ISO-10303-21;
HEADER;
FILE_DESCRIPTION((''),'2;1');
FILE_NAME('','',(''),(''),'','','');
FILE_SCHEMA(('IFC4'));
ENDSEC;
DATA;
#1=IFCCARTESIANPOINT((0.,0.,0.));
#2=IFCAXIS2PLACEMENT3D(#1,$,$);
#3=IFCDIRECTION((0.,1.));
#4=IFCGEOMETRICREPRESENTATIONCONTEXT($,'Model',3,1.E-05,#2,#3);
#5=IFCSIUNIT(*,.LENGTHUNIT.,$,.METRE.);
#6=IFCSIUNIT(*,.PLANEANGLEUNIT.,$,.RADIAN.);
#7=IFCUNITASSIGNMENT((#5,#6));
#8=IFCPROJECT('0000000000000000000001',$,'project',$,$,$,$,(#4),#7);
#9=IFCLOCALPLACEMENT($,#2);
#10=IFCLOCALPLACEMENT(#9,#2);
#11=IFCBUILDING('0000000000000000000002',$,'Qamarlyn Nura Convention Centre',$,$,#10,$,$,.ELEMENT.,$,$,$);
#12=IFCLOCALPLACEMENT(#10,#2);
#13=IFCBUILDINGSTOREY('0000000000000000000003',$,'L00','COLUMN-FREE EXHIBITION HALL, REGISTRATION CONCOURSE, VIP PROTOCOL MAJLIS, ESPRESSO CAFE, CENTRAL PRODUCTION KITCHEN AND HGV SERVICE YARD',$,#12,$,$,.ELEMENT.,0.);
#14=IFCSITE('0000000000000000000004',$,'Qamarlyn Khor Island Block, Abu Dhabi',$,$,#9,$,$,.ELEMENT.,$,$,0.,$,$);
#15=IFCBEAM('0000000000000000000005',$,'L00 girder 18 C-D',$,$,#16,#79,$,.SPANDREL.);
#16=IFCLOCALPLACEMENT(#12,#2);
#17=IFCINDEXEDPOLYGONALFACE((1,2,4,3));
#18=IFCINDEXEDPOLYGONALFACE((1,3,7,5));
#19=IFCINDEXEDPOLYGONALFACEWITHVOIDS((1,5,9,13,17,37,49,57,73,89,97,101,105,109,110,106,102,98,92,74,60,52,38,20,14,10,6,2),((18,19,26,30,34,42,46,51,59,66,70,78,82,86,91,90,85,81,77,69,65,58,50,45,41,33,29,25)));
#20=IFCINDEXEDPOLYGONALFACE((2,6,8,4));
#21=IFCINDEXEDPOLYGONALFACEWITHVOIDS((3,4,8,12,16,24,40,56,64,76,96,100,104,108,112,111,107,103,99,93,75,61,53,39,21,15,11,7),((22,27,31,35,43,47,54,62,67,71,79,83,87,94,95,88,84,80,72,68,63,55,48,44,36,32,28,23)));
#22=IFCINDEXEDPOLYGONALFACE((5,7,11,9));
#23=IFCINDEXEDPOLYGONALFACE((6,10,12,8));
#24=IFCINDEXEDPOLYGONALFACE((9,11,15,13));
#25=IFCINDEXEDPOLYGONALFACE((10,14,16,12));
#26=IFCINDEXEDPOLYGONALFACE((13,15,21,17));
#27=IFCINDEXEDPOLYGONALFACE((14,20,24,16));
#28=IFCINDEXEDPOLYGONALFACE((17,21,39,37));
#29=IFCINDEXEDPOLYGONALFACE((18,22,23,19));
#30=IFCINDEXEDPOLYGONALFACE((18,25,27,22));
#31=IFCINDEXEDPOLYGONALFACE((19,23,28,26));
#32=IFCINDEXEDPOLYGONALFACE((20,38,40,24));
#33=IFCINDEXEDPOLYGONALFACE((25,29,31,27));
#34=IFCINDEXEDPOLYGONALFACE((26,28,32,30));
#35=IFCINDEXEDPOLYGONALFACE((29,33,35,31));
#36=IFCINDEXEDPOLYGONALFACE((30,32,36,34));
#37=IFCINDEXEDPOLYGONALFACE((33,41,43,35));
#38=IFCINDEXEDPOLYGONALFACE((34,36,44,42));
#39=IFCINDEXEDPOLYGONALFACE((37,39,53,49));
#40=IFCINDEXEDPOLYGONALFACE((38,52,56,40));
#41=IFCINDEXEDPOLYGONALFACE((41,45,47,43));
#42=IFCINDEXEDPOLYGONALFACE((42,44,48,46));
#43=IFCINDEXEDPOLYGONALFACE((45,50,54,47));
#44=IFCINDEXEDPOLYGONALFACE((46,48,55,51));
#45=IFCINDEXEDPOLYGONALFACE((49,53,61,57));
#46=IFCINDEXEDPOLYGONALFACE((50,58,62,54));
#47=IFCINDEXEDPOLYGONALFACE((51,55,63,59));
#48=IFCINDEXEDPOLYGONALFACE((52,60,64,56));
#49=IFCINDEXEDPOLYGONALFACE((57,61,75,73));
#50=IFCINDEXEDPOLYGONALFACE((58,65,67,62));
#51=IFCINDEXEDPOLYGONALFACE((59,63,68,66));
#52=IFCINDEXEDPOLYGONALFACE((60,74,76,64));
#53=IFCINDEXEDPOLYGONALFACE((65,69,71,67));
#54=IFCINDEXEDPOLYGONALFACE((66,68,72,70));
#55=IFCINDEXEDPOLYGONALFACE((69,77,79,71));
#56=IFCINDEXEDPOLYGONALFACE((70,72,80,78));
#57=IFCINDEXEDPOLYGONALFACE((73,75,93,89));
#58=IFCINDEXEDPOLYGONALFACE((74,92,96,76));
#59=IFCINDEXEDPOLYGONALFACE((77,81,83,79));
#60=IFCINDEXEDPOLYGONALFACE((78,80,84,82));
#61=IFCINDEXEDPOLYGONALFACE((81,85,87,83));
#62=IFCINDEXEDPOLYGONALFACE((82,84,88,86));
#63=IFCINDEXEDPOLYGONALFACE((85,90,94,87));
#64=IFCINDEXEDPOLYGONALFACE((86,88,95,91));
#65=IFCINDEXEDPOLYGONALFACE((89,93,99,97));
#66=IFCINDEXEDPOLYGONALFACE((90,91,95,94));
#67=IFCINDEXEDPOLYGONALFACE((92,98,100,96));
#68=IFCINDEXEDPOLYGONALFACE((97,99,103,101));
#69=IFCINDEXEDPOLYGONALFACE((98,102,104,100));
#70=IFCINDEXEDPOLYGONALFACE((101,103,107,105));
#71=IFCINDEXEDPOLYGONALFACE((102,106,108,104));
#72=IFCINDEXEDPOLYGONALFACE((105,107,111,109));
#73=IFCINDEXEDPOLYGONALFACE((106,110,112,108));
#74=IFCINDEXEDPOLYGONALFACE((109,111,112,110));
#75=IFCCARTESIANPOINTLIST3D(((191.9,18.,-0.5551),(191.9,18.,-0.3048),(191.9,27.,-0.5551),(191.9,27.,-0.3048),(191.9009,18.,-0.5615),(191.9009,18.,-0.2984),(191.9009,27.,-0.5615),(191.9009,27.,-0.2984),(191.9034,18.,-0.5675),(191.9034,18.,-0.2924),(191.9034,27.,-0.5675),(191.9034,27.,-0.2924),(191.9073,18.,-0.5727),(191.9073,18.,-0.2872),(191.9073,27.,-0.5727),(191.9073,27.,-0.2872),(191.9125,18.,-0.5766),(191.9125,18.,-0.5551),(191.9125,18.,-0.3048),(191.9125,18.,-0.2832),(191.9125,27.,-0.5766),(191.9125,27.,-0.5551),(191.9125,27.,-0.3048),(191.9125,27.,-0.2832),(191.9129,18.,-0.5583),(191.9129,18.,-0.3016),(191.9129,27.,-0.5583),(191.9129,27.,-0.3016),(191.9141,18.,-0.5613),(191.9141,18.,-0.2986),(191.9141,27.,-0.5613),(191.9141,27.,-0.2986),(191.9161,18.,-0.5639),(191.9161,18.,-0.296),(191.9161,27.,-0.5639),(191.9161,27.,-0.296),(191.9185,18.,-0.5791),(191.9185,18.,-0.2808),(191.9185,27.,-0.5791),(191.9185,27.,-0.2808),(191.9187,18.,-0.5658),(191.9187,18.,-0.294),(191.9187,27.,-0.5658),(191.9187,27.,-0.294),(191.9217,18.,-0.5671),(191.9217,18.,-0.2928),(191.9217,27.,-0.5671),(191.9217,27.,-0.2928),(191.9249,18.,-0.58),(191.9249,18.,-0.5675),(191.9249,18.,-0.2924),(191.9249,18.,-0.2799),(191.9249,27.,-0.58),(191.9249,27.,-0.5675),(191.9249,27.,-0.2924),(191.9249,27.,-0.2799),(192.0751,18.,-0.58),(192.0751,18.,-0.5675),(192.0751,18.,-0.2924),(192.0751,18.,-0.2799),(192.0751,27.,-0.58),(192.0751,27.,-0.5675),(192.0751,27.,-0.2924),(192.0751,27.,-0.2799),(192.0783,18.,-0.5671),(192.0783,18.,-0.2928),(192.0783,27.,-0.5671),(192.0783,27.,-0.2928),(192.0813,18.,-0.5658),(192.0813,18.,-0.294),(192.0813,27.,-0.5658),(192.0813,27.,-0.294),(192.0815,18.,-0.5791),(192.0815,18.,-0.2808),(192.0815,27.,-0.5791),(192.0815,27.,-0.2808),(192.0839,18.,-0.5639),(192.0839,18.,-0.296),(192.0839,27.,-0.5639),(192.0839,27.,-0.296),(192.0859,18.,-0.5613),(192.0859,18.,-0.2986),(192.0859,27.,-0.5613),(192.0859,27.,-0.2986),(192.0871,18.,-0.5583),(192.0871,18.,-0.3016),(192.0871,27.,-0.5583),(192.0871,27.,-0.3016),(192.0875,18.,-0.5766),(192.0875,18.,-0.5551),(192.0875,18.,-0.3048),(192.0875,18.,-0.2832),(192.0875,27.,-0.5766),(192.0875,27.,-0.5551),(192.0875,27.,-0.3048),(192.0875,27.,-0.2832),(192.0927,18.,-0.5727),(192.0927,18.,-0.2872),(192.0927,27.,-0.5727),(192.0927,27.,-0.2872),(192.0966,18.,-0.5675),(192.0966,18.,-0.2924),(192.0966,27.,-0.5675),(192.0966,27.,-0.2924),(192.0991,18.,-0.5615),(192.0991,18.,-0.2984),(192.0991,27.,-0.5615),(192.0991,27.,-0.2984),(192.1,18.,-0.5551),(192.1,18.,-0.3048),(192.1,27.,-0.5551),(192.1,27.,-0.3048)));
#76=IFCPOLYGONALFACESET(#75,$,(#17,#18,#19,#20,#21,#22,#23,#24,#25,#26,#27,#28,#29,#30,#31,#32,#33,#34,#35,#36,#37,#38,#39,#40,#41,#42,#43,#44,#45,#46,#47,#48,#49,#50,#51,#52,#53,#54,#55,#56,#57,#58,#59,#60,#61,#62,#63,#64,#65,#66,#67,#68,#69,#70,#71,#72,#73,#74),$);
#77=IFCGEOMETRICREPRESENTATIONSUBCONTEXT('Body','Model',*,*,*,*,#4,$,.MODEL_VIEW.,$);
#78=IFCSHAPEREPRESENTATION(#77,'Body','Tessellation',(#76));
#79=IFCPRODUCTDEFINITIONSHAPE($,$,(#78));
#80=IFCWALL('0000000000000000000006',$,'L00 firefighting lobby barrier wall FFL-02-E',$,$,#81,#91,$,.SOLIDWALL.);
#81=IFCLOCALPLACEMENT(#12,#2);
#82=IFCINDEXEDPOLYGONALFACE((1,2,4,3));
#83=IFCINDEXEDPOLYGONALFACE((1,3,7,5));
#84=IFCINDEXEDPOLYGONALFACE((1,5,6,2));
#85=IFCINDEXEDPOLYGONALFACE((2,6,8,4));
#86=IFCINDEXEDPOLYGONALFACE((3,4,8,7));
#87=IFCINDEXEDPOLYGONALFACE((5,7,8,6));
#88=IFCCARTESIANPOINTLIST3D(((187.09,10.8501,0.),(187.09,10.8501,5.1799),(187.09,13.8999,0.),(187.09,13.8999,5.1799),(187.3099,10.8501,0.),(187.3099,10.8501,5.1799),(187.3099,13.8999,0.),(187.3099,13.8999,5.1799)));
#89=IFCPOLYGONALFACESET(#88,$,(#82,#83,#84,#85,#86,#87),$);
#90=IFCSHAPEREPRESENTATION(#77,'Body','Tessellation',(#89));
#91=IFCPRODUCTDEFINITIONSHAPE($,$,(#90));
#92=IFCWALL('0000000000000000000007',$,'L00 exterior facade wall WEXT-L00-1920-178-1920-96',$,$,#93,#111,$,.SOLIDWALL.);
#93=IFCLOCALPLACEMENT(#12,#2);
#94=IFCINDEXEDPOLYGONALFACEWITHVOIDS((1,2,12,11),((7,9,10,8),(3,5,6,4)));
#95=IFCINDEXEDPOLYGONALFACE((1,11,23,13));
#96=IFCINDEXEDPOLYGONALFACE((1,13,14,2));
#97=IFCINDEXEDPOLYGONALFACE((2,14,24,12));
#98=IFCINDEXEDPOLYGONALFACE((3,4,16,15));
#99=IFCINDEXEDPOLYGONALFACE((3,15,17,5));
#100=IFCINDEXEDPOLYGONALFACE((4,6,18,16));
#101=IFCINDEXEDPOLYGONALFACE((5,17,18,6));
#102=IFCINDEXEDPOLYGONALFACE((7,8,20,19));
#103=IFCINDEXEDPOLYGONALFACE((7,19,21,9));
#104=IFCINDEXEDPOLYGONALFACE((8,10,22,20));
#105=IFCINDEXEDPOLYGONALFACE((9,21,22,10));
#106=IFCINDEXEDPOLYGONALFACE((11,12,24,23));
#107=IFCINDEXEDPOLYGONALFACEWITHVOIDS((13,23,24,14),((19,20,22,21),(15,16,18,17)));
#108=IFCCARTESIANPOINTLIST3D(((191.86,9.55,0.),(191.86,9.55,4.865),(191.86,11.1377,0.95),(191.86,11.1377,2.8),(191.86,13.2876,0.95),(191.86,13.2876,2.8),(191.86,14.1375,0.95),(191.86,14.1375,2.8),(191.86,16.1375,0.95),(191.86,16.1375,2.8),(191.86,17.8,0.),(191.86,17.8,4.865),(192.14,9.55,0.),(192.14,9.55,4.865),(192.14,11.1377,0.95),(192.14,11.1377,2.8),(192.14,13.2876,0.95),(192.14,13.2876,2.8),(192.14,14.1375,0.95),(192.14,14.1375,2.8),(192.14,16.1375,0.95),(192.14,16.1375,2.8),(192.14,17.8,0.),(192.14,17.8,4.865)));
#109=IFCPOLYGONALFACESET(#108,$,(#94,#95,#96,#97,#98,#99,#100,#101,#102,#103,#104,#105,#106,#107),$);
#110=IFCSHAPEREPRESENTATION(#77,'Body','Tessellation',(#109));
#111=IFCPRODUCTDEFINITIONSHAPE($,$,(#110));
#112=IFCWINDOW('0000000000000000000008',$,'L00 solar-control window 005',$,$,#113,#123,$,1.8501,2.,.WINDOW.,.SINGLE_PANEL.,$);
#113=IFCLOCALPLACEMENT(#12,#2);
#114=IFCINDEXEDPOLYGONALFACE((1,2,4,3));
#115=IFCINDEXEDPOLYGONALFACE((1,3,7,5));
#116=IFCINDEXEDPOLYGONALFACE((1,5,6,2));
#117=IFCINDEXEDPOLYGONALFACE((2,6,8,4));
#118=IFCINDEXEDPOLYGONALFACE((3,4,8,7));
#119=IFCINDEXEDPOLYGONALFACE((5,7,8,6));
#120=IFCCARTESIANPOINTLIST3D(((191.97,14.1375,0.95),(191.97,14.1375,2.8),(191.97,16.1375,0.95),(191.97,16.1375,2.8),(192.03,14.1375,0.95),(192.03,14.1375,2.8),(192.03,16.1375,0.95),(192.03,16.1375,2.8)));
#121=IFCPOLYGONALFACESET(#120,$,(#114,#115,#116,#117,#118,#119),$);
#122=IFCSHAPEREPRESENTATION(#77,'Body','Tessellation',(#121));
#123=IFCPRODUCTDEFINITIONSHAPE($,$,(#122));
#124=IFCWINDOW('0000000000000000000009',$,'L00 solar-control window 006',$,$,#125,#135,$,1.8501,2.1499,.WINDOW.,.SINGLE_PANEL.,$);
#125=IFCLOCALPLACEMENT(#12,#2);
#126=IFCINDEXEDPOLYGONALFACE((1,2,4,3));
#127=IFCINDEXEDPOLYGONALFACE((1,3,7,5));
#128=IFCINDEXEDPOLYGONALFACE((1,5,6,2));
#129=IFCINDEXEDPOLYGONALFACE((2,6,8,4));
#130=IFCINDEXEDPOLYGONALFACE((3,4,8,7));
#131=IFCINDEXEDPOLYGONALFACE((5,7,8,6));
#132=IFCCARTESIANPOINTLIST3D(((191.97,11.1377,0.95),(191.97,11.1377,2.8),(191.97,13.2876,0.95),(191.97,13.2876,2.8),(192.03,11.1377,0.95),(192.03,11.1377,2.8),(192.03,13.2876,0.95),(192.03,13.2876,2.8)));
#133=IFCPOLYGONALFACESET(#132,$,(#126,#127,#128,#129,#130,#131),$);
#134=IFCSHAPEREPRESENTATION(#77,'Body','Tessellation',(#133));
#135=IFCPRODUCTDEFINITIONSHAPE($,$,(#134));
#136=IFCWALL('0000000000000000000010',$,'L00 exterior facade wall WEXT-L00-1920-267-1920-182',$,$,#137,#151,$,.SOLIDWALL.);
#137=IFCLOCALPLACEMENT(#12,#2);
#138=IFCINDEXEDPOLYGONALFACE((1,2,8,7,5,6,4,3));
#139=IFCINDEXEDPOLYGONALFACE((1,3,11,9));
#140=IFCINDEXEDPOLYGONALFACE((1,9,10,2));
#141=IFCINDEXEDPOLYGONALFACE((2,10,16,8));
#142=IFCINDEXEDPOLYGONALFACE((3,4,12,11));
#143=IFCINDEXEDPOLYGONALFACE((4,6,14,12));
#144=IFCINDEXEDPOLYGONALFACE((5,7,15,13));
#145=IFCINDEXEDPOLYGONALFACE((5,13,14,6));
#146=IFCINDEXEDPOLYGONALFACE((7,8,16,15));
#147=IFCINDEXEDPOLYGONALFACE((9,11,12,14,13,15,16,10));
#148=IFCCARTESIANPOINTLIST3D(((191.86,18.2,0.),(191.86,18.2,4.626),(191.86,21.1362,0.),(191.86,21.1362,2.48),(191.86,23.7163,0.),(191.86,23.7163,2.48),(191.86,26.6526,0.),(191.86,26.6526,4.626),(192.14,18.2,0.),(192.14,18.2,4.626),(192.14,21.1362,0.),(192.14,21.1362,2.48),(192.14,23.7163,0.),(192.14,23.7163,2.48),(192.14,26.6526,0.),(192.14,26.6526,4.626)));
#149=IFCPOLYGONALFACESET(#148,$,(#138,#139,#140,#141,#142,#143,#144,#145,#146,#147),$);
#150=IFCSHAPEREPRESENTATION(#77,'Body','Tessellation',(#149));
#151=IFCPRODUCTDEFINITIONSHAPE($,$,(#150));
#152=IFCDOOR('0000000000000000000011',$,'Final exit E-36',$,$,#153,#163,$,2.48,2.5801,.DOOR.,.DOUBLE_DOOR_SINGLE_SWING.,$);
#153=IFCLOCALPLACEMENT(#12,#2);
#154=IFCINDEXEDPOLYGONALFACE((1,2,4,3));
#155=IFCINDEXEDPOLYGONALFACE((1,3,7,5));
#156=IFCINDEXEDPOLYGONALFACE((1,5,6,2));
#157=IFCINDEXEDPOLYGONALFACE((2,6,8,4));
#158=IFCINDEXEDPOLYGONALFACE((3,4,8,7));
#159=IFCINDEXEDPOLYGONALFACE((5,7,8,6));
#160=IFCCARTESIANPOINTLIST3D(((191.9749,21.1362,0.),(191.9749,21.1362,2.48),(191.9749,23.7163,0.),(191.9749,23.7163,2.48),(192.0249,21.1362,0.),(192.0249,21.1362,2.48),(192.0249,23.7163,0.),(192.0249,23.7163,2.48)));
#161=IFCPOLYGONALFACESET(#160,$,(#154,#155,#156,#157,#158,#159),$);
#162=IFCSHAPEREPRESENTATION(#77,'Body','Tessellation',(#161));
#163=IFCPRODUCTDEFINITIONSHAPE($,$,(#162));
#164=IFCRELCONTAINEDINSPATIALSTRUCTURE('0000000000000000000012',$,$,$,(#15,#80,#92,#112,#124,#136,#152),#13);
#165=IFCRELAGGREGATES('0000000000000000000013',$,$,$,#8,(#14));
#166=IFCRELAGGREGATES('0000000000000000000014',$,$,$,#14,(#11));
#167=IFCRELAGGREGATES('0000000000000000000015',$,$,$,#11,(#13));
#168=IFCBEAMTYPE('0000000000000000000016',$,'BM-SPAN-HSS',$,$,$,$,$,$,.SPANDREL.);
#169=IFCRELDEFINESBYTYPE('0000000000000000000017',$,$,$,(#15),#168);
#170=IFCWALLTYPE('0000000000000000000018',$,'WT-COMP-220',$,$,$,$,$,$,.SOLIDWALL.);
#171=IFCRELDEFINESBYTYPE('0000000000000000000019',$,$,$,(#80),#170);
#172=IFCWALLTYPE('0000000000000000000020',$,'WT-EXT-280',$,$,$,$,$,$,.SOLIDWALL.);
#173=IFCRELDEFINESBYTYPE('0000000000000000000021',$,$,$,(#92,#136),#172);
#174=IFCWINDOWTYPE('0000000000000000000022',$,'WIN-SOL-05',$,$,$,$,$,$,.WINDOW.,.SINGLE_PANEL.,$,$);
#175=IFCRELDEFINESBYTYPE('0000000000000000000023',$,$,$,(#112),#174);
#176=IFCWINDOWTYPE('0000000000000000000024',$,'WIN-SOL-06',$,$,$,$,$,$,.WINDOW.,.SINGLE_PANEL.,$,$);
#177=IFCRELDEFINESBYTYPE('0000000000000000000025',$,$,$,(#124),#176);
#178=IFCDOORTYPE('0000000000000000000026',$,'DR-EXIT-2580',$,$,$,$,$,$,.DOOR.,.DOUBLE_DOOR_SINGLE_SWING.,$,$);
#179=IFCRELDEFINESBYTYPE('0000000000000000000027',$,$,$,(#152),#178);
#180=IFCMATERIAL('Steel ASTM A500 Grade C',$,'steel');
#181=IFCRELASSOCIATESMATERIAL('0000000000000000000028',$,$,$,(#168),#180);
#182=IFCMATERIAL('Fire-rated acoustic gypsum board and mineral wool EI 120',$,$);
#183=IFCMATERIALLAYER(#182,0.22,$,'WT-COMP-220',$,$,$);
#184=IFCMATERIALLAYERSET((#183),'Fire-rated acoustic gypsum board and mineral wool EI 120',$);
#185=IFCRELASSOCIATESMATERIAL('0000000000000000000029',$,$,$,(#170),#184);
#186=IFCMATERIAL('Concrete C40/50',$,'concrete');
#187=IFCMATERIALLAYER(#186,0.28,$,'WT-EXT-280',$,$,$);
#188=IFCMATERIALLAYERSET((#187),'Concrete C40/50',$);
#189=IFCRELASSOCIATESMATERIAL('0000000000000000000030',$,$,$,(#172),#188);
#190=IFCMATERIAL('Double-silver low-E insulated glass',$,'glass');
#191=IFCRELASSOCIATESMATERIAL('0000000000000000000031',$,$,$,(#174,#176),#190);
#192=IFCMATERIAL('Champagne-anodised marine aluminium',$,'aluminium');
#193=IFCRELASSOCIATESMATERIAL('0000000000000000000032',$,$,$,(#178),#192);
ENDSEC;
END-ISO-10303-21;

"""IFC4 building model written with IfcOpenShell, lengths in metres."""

from ifc_helpers import new_model, si_unit, direction, frame, frame_2d, origin, origin_2d, place, context, subcontext, project, spatial, rectangle, hollow_rectangle, extrude, material, layer, layer_set, material_profile, profile_set, type_object, element, fill, save


model = new_model("IFC4")

# Units and contexts
model_context = context("Model", 3, precision=1e-05, world=origin(), true_north=direction((0.0, 1.0)))
body_context = subcontext(model_context, "Body", "Model", "MODEL_VIEW")
ifc_project = project(units=[si_unit("LENGTHUNIT", "METRE"), si_unit("PLANEANGLEUNIT", "RADIAN")], contexts=[model_context])

# Site, building, storey
site_placement = place(None, origin())
site = spatial("IfcSite", under=ifc_project, at=site_placement, Name="Qamarlyn Khor Island Block, Abu Dhabi", CompositionType="ELEMENT", RefElevation=0.0)
building_placement = place(site_placement, origin())
building = spatial("IfcBuilding", under=site, at=building_placement, Name="Qamarlyn Nura Convention Centre", CompositionType="ELEMENT")
storey_placement = place(building_placement, origin())
storey = spatial("IfcBuildingStorey", under=building, at=storey_placement, Name="L00", Description="COLUMN-FREE EXHIBITION HALL, REGISTRATION CONCOURSE, VIP PROTOCOL MAJLIS, ESPRESSO CAFE, CENTRAL PRODUCTION KITCHEN AND HGV SERVICE YARD", CompositionType="ELEMENT", Elevation=0.0)

# Shared definitions
ifc_material_1 = material(Name="Steel ASTM A500 Grade C", Category="steel")

# Beam
ifc_material_profile_1 = material_profile(ifc_material_1, hollow_rectangle(XDim=0.2, YDim=0.3, WallThickness=0.0125, InnerFilletRadius=0.0125, OuterFilletRadius=0.0249, at=origin_2d()), Name="HSS300X200X12.5")
ifc_profile_set_1 = profile_set([ifc_material_profile_1], Name="Steel ASTM A500 Grade C")
beam_type_1 = type_object("IfcBeamType", Name="BM-SPAN-HSS", PredefinedType="SPANDREL", material=ifc_profile_set_1)
beam_1_placement = place(storey_placement, frame((192.0, 18.0, -0.4299), z_axis=(0.0, 1.0, 0.0), x_axis=(-1.0, 0.0, 0.0)))
element("IfcBeam", 1, at=beam_1_placement, inside=storey, type_object=beam_type_1, Name="L00 girder 18 C-D", PredefinedType="SPANDREL", context=body_context, shape_type="SweptSolid", body=[
    extrude(hollow_rectangle(XDim=0.2, YDim=0.3, WallThickness=0.0125, InnerFilletRadius=0.0125, OuterFilletRadius=0.0249, at=origin_2d()), origin(), (0.0, 0.0, 1.0), 9.0),
])

# Wall
ifc_material_2 = material(Name="Fire-rated acoustic gypsum board and mineral wool EI 120")
ifc_layer_1 = layer(ifc_material_2, 0.22, Name="WT-COMP-220")
ifc_layer_set_1 = layer_set([ifc_layer_1], Name="Fire-rated acoustic gypsum board and mineral wool EI 120")
wall_type_1 = type_object("IfcWallType", Name="WT-COMP-220", PredefinedType="SOLIDWALL", material=ifc_layer_set_1)
wall_1_placement = place(storey_placement, frame((187.2, 10.8501, 0.0), z_axis=(0.0, 0.0, 1.0), x_axis=(0.0, 1.0, 0.0)))
element("IfcWall", 2, at=wall_1_placement, inside=storey, type_object=wall_type_1, Name="L00 firefighting lobby barrier wall FFL-02-E", PredefinedType="SOLIDWALL", context=body_context, shape_type="SweptSolid", body=[
    extrude(rectangle(XDim=3.0498, YDim=0.22, at=frame_2d((1.5249, 0.0))), origin(), (0.0, 0.0, 1.0), 5.1799),
])

# Wall, openings, windows
ifc_material_3 = material(Name="Concrete C40/50", Category="concrete")
ifc_layer_2 = layer(ifc_material_3, 0.28, Name="WT-EXT-280")
ifc_layer_set_2 = layer_set([ifc_layer_2], Name="Concrete C40/50")
wall_type_2 = type_object("IfcWallType", Name="WT-EXT-280", PredefinedType="SOLIDWALL", material=ifc_layer_set_2)
wall_2_placement = place(storey_placement, frame((192.0, 17.8, 0.0), z_axis=(0.0, 0.0, 1.0), x_axis=(0.0, -1.0, 0.0)))
wall_2 = element("IfcWall", 3, at=wall_2_placement, inside=storey, type_object=wall_type_2, Name="L00 exterior facade wall WEXT-L00-1920-178-1920-96", PredefinedType="SOLIDWALL", context=body_context, shape_type="SweptSolid", body=[
    extrude(rectangle(XDim=8.25, YDim=0.28, at=frame_2d((4.125, 0.0))), origin(), (0.0, 0.0, 1.0), 4.865),
])
opening_1_placement = place(wall_2_placement, frame((1.6626, 0.0, 0.95)))
opening_1 = element("IfcOpeningElement", 4, at=opening_1_placement, cuts=wall_2, PredefinedType="OPENING", context=body_context, shape_type="SweptSolid", body=[
    extrude(rectangle(XDim=2.0, YDim=1.8501, at=frame_2d((1.0, 0.925))), frame((0.0, 0.1499, 0.0), z_axis=(0.0, -1.0, 0.0), x_axis=(1.0, 0.0, 0.0)), (0.0, 0.0, 1.0), 0.3),
])
opening_2_placement = place(wall_2_placement, frame((4.5125, 0.0, 0.95)))
opening_2 = element("IfcOpeningElement", 5, at=opening_2_placement, cuts=wall_2, PredefinedType="OPENING", context=body_context, shape_type="SweptSolid", body=[
    extrude(rectangle(XDim=2.1499, YDim=1.8501, at=frame_2d((1.075, 0.925))), frame((0.0, 0.1499, 0.0), z_axis=(0.0, -1.0, 0.0), x_axis=(1.0, 0.0, 0.0)), (0.0, 0.0, 1.0), 0.3),
])
ifc_material_4 = material(Name="Double-silver low-E insulated glass", Category="glass")
window_type_1 = type_object("IfcWindowType", Name="WIN-SOL-05", PartitioningType="SINGLE_PANEL", PredefinedType="WINDOW", material=ifc_material_4)
window_1_placement = place(opening_1_placement, origin())
window_1 = element("IfcWindow", 6, at=window_1_placement, inside=storey, type_object=window_type_1, Name="L00 solar-control window 005", OverallHeight=1.8501, OverallWidth=2.0, PartitioningType="SINGLE_PANEL", PredefinedType="WINDOW", context=body_context, shape_type="SweptSolid", body=[
    extrude(rectangle(XDim=2.0, YDim=1.8501, at=frame_2d((1.0, 0.925))), frame((0.0, 0.03, 0.0), z_axis=(0.0, -1.0, 0.0), x_axis=(1.0, 0.0, 0.0)), (0.0, 0.0, 1.0), 0.0601),
])
fill(opening_1, window_1)
window_type_2 = type_object("IfcWindowType", Name="WIN-SOL-06", PartitioningType="SINGLE_PANEL", PredefinedType="WINDOW", material=ifc_material_4)
window_2_placement = place(opening_2_placement, origin())
window_2 = element("IfcWindow", 7, at=window_2_placement, inside=storey, type_object=window_type_2, Name="L00 solar-control window 006", OverallHeight=1.8501, OverallWidth=2.1499, PartitioningType="SINGLE_PANEL", PredefinedType="WINDOW", context=body_context, shape_type="SweptSolid", body=[
    extrude(rectangle(XDim=2.1499, YDim=1.8501, at=frame_2d((1.075, 0.925))), frame((0.0, 0.03, 0.0), z_axis=(0.0, -1.0, 0.0), x_axis=(1.0, 0.0, 0.0)), (0.0, 0.0, 1.0), 0.0601),
])
fill(opening_2, window_2)

# Wall, opening, door
wall_3_placement = place(storey_placement, frame((192.0, 26.6526, 0.0), z_axis=(0.0, 0.0, 1.0), x_axis=(0.0, -1.0, 0.0)))
wall_3 = element("IfcWall", 8, at=wall_3_placement, inside=storey, type_object=wall_type_2, Name="L00 exterior facade wall WEXT-L00-1920-267-1920-182", PredefinedType="SOLIDWALL", context=body_context, shape_type="SweptSolid", body=[
    extrude(rectangle(XDim=8.4526, YDim=0.28, at=frame_2d((4.2263, 0.0))), origin(), (0.0, 0.0, 1.0), 4.626),
])
opening_3_placement = place(wall_3_placement, frame((2.9363, 0.0, 0.0)))
opening_3 = element("IfcOpeningElement", 9, at=opening_3_placement, cuts=wall_3, PredefinedType="OPENING", context=body_context, shape_type="SweptSolid", body=[
    extrude(rectangle(XDim=2.5801, YDim=2.48, at=frame_2d((1.29, 1.24))), frame((0.0, 0.1499, 0.0), z_axis=(0.0, -1.0, 0.0), x_axis=(1.0, 0.0, 0.0)), (0.0, 0.0, 1.0), 0.3),
])
ifc_material_5 = material(Name="Champagne-anodised marine aluminium", Category="aluminium")
door_type_1 = type_object("IfcDoorType", Name="DR-EXIT-2580", OperationType="DOUBLE_DOOR_SINGLE_SWING", PredefinedType="DOOR", material=ifc_material_5)
door_1_placement = place(opening_3_placement, origin())
door_1 = element("IfcDoor", 10, at=door_1_placement, inside=storey, type_object=door_type_1, Name="Final exit E-36", OperationType="DOUBLE_DOOR_SINGLE_SWING", OverallHeight=2.48, OverallWidth=2.5801, PredefinedType="DOOR", context=body_context, shape_type="SweptSolid", body=[
    extrude(rectangle(XDim=2.5801, YDim=2.48, at=frame_2d((1.29, 1.24))), frame((0.0, 0.0249, 0.0), z_axis=(0.0, -1.0, 0.0), x_axis=(1.0, 0.0, 0.0)), (0.0, 0.0, 1.0), 0.05),
])
fill(opening_3, door_1)

save(model, "model.ifc")
